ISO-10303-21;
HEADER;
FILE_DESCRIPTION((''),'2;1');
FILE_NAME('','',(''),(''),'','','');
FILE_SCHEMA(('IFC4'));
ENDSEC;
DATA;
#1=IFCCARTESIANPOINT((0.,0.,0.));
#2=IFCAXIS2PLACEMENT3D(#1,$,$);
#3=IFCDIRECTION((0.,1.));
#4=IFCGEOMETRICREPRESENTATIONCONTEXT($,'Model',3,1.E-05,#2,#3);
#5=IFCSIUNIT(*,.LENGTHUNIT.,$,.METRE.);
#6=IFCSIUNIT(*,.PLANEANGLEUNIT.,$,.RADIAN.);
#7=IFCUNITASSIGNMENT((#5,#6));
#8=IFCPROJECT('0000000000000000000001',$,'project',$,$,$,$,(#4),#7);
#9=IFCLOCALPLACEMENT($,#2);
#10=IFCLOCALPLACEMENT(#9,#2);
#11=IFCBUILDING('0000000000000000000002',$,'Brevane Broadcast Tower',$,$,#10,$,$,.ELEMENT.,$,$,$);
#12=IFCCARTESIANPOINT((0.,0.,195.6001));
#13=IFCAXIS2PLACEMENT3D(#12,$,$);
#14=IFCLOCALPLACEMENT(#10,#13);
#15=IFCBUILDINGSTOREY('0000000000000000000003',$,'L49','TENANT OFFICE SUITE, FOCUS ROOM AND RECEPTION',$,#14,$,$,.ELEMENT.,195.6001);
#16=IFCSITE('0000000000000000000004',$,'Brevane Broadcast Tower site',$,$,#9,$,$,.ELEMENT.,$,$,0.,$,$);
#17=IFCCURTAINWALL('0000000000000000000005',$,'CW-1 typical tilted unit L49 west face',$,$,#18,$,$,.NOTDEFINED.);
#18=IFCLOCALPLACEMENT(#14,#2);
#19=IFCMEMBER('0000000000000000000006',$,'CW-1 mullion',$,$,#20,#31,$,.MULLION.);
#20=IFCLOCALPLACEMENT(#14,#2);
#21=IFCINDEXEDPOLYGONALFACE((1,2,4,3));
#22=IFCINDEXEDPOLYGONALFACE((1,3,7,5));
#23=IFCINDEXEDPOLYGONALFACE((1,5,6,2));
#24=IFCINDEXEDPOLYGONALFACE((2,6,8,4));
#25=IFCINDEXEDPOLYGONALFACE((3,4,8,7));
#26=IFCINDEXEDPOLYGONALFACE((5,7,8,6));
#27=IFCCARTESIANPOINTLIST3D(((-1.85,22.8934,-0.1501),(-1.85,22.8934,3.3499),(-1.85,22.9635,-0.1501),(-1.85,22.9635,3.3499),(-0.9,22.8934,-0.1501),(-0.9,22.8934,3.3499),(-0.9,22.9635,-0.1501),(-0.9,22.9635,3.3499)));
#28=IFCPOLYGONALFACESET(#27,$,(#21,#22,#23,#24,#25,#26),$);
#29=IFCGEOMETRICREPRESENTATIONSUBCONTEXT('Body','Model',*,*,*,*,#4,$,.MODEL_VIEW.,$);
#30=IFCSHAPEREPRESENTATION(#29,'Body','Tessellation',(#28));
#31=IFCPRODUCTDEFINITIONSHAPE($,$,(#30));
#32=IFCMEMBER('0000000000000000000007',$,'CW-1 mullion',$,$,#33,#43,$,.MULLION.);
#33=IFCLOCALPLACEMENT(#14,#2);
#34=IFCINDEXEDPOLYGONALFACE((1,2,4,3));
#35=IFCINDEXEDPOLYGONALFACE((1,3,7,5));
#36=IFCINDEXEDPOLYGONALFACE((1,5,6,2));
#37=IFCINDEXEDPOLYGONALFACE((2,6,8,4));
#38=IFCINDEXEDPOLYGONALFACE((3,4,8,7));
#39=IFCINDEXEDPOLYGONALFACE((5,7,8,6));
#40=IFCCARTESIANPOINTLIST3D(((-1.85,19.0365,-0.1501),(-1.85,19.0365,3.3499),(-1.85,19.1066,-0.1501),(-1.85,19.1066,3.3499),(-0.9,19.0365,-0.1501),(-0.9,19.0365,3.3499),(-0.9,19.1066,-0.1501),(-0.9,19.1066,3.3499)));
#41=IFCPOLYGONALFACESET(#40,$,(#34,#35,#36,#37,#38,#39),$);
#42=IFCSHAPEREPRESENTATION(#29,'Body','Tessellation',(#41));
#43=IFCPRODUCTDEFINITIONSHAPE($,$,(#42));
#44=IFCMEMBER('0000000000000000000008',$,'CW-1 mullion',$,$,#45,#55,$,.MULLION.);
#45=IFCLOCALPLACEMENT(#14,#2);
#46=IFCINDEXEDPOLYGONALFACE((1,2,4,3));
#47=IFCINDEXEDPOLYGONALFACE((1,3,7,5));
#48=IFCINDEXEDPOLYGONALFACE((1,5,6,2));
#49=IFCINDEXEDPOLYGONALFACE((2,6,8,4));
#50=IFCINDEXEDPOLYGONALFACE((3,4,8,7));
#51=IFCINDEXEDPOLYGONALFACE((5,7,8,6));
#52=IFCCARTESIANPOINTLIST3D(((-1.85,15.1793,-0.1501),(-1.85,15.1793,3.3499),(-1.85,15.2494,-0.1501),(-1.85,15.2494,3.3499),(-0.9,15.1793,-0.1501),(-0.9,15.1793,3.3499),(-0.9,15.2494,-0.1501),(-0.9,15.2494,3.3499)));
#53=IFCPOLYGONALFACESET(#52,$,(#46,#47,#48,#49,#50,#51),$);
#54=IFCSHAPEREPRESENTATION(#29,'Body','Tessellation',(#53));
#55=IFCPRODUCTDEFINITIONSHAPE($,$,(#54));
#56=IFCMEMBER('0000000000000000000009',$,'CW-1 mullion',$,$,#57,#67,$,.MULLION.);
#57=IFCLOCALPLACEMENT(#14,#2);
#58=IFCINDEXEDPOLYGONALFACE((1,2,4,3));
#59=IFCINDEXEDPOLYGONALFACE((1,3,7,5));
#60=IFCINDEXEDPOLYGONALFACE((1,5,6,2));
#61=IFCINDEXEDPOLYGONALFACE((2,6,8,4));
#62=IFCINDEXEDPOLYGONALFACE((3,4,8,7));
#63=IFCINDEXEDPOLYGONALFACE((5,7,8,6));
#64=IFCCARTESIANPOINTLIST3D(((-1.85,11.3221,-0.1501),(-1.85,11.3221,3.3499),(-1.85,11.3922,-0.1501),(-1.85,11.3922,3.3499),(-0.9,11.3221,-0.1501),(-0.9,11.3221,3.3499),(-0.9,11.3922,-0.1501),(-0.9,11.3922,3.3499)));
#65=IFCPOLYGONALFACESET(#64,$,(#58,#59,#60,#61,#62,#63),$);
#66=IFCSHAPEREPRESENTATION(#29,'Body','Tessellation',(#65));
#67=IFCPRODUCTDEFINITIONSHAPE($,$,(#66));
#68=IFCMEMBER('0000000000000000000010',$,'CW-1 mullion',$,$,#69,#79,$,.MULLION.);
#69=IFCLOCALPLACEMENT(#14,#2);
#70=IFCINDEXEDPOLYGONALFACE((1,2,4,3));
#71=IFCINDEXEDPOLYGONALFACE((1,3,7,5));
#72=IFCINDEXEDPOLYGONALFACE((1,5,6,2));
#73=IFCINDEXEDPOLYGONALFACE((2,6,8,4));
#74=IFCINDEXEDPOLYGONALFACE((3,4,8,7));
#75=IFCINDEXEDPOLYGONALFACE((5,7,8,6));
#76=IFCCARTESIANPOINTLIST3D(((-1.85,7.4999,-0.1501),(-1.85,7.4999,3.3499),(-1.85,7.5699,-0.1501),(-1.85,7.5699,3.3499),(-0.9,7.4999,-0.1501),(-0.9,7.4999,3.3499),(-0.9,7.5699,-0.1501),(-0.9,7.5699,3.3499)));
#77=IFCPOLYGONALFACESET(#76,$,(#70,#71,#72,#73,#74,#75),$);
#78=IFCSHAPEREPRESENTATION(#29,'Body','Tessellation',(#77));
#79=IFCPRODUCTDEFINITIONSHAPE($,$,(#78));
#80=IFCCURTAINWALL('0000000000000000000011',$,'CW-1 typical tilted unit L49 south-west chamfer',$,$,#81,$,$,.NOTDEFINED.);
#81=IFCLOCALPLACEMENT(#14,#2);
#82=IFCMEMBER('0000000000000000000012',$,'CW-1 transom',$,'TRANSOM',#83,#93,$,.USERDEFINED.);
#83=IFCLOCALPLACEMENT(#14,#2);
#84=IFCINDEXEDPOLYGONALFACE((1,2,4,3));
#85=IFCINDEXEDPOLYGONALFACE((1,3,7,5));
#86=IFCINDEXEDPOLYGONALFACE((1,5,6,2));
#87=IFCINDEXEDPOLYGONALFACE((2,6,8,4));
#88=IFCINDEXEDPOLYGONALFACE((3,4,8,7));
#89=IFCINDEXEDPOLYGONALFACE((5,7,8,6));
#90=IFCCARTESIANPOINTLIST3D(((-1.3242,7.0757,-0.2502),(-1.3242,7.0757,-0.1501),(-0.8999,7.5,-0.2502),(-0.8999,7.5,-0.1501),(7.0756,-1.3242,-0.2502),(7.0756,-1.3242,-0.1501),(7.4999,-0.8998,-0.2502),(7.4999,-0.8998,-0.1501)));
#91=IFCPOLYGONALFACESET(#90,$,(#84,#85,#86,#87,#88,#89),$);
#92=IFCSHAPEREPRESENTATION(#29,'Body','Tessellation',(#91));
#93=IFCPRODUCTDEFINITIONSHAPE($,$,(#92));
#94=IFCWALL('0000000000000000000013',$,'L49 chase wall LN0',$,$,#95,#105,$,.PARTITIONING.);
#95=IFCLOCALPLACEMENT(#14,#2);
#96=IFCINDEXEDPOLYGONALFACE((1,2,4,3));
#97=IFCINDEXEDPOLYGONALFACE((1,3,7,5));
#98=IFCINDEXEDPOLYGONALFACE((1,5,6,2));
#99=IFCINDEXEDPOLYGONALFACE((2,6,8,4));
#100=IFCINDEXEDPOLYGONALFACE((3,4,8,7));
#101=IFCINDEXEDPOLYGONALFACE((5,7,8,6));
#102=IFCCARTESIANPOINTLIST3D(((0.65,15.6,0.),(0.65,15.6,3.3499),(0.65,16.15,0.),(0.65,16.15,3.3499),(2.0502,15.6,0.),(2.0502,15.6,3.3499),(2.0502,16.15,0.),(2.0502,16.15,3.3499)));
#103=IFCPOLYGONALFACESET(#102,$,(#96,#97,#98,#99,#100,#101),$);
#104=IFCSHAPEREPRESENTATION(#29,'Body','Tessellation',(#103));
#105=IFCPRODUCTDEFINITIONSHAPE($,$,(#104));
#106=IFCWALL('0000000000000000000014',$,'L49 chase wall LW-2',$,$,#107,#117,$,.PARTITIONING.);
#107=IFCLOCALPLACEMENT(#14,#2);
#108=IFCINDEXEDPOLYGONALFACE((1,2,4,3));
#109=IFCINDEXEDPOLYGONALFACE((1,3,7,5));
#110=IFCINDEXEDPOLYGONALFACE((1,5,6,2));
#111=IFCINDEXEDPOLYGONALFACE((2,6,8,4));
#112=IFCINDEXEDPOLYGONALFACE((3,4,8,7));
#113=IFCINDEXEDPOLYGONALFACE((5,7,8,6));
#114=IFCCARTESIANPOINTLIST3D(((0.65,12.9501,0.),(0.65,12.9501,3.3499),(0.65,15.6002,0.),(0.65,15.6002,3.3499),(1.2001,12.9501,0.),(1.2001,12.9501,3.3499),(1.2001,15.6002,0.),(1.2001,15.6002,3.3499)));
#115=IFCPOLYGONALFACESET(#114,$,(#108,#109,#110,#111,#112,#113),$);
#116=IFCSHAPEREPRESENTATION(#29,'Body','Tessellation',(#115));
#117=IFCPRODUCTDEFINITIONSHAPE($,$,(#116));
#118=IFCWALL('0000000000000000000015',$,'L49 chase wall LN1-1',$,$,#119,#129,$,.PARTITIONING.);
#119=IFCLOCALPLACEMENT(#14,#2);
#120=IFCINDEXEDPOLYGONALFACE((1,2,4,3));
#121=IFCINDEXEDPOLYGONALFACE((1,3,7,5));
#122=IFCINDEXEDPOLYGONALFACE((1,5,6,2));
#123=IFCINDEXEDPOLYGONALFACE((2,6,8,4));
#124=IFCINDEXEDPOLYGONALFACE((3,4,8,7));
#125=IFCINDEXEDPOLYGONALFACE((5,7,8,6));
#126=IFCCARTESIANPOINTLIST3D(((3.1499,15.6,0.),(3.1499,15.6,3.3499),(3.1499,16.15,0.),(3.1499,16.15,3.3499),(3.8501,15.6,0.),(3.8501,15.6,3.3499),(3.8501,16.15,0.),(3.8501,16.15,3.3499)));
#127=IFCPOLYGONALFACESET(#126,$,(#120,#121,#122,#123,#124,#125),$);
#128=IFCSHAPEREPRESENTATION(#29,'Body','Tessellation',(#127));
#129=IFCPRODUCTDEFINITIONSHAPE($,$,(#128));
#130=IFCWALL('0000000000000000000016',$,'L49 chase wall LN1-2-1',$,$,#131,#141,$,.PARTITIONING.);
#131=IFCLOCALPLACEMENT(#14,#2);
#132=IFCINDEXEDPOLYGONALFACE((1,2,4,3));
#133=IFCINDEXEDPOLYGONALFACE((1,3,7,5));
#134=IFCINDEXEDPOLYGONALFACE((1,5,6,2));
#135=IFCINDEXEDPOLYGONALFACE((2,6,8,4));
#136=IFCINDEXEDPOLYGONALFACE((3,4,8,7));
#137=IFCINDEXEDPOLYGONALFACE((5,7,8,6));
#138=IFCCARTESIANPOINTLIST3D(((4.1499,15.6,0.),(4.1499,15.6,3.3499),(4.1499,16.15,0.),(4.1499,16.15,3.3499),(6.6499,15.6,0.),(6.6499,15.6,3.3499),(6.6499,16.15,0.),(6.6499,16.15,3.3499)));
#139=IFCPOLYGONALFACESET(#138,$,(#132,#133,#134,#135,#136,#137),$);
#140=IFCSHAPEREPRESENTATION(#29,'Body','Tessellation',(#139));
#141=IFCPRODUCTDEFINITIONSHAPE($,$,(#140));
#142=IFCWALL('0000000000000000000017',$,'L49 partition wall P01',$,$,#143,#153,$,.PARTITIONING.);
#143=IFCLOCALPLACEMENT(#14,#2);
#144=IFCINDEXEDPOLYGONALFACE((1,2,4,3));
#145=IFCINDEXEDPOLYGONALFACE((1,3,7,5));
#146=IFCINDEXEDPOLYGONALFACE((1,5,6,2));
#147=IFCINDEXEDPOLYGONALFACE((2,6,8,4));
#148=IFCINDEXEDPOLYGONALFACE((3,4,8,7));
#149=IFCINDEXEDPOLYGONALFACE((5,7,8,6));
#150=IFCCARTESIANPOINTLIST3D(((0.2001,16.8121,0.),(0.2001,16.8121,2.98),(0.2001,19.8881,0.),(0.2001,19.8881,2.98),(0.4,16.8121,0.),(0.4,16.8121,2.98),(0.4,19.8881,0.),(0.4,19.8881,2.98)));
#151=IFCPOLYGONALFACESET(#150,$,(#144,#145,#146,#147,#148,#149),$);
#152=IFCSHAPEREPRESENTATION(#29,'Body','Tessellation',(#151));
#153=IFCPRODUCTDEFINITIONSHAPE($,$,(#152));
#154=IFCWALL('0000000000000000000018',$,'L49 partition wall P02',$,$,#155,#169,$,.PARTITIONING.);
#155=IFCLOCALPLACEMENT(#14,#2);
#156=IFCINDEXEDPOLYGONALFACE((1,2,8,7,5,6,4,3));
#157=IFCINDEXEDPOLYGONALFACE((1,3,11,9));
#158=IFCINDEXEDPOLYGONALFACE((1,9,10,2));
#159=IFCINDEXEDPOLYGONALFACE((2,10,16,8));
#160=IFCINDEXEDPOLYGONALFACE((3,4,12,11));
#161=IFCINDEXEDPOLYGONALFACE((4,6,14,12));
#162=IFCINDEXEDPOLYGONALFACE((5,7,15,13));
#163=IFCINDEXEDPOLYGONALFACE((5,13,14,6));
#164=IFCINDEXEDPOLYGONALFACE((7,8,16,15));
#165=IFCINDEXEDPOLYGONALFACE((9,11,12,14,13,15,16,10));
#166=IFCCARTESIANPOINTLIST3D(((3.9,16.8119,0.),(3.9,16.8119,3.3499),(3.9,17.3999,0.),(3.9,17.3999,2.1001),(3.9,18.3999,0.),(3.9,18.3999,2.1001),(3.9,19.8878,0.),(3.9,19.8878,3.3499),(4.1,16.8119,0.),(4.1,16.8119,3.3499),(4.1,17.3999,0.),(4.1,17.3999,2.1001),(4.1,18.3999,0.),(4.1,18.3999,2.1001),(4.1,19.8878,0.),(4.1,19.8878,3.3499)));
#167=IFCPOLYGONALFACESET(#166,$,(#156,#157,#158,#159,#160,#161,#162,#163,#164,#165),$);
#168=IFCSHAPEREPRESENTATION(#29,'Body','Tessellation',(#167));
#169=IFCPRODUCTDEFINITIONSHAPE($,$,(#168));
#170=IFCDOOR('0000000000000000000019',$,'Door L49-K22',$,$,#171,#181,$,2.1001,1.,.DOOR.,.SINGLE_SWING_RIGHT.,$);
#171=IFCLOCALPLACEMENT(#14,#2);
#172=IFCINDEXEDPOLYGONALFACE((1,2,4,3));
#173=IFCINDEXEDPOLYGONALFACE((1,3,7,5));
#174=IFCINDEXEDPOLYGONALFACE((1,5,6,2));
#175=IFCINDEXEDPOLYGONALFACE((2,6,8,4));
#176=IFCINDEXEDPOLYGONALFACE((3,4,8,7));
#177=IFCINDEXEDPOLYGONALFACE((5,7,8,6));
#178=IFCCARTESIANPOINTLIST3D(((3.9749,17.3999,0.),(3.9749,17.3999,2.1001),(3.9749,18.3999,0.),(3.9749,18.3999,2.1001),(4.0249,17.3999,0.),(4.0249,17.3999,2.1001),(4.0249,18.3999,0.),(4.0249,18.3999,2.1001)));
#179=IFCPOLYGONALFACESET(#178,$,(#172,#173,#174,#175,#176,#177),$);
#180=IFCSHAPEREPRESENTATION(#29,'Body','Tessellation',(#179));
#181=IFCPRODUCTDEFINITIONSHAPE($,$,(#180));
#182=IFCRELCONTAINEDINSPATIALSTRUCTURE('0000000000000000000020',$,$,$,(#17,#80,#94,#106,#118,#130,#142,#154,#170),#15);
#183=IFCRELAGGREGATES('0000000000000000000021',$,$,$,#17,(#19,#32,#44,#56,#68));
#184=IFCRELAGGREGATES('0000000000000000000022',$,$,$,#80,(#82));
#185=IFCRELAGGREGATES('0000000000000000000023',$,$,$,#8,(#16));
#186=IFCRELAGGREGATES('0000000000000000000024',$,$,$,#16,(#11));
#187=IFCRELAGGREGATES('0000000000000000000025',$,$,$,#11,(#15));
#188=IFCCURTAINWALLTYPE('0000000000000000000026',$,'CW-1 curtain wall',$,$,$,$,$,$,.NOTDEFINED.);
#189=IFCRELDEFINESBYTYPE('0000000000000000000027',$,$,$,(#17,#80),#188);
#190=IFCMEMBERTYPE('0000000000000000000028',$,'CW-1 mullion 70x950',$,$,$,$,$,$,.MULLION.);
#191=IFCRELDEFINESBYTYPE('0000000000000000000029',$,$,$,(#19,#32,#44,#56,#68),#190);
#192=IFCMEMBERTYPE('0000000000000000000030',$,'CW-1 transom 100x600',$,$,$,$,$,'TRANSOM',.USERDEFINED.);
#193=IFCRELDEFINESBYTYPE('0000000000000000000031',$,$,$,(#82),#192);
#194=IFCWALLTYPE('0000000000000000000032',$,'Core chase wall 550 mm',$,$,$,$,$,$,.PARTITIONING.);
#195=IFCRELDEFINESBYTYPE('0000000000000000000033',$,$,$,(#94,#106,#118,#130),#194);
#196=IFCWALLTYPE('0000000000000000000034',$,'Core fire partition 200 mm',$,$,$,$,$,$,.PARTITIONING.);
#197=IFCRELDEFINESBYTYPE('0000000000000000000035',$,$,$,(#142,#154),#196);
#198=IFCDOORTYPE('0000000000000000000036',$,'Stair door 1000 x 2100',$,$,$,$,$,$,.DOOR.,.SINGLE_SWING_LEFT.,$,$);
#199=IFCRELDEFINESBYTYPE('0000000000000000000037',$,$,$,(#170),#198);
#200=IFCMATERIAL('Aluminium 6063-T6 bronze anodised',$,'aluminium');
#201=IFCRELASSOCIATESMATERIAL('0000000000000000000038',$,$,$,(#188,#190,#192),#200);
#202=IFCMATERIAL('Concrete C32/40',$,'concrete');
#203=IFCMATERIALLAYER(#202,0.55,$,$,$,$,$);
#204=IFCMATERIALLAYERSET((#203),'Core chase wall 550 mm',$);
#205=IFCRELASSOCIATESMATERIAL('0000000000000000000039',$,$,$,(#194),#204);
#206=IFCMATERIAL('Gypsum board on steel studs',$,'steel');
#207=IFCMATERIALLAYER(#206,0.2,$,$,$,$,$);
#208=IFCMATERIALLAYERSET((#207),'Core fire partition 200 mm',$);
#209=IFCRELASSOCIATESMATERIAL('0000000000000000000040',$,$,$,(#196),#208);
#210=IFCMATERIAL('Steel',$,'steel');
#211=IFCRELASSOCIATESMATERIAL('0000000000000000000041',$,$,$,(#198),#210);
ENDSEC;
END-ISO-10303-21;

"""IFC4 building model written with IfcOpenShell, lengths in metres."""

from ifc_helpers import new_model, si_unit, direction, frame, frame_2d, origin, origin_2d, place, context, subcontext, project, spatial, rectangle, extrude, material, layer, layer_set, material_profile, profile_set, type_object, element, fill, aggregate, save


model = new_model("IFC4")

# Units and contexts
model_context = context("Model", 3, precision=1e-05, world=origin(), true_north=direction((0.0, 1.0)))
body_context = subcontext(model_context, "Body", "Model", "MODEL_VIEW")
ifc_project = project(units=[si_unit("LENGTHUNIT", "METRE"), si_unit("PLANEANGLEUNIT", "RADIAN")], contexts=[model_context])

# Site, building, storey
site_placement = place(None, origin())
site = spatial("IfcSite", under=ifc_project, at=site_placement, Name="Brevane Broadcast Tower site", CompositionType="ELEMENT", RefElevation=0.0)
building_placement = place(site_placement, origin())
building = spatial("IfcBuilding", under=site, at=building_placement, Name="Brevane Broadcast Tower", CompositionType="ELEMENT")
storey_placement = place(building_placement, frame((0.0, 0.0, 195.6001)))
storey = spatial("IfcBuildingStorey", under=building, at=storey_placement, Name="L49", Description="TENANT OFFICE SUITE, FOCUS ROOM AND RECEPTION", CompositionType="ELEMENT", Elevation=195.6001)

# Curtain wall, members
ifc_material_1 = material(Name="Aluminium 6063-T6 bronze anodised", Category="aluminium")
curtain_wall_type = type_object("IfcCurtainWallType", Name="CW-1 curtain wall", PredefinedType="NOTDEFINED", material=ifc_material_1)
curtain_wall_1_placement = place(storey_placement, origin())
curtain_wall_1 = element("IfcCurtainWall", 1, at=curtain_wall_1_placement, inside=storey, type_object=curtain_wall_type, Name="CW-1 typical tilted unit L49 west face", PredefinedType="NOTDEFINED")
ifc_material_profile_1 = material_profile(ifc_material_1, rectangle(XDim=0.95, YDim=0.0701, at=origin_2d()), Name="RECT 70x950")
ifc_profile_set_1 = profile_set([ifc_material_profile_1], Name="Aluminium 6063-T6 bronze anodised")
member_type_1 = type_object("IfcMemberType", Name="CW-1 mullion 70x950", PredefinedType="MULLION", material=ifc_profile_set_1)
member_1_placement = place(storey_placement, frame((-1.375, 22.9285, -0.1501), z_axis=(0.0, 0.0, 1.0), x_axis=(1.0, 0.0, 0.0)))
member_1 = element("IfcMember", 2, at=member_1_placement, type_object=member_type_1, Name="CW-1 mullion", PredefinedType="MULLION", context=body_context, shape_type="SweptSolid", body=[
    extrude(rectangle(XDim=0.95, YDim=0.0701, at=origin_2d()), origin(), (0.0, 0.0, 1.0), 3.5),
])
member_2_placement = place(storey_placement, frame((-1.375, 19.0715, -0.1501), z_axis=(0.0, 0.0, 1.0), x_axis=(1.0, 0.0, 0.0)))
member_2 = element("IfcMember", 3, at=member_2_placement, type_object=member_type_1, Name="CW-1 mullion", PredefinedType="MULLION", context=body_context, shape_type="SweptSolid", body=[
    extrude(rectangle(XDim=0.95, YDim=0.0701, at=origin_2d()), origin(), (0.0, 0.0, 1.0), 3.5),
])
member_3_placement = place(storey_placement, frame((-1.375, 15.2144, -0.1501), z_axis=(0.0, 0.0, 1.0), x_axis=(1.0, 0.0, 0.0)))
member_3 = element("IfcMember", 4, at=member_3_placement, type_object=member_type_1, Name="CW-1 mullion", PredefinedType="MULLION", context=body_context, shape_type="SweptSolid", body=[
    extrude(rectangle(XDim=0.95, YDim=0.0701, at=origin_2d()), origin(), (0.0, 0.0, 1.0), 3.5),
])
member_4_placement = place(storey_placement, frame((-1.375, 11.3572, -0.1501), z_axis=(0.0, 0.0, 1.0), x_axis=(1.0, 0.0, 0.0)))
member_4 = element("IfcMember", 5, at=member_4_placement, type_object=member_type_1, Name="CW-1 mullion", PredefinedType="MULLION", context=body_context, shape_type="SweptSolid", body=[
    extrude(rectangle(XDim=0.95, YDim=0.0701, at=origin_2d()), origin(), (0.0, 0.0, 1.0), 3.5),
])
member_5_placement = place(storey_placement, frame((-1.375, 7.5349, -0.1501), z_axis=(0.0, 0.0, 1.0), x_axis=(1.0, 0.0, 0.0)))
member_5 = element("IfcMember", 6, at=member_5_placement, type_object=member_type_1, Name="CW-1 mullion", PredefinedType="MULLION", context=body_context, shape_type="SweptSolid", body=[
    extrude(rectangle(XDim=0.95, YDim=0.0701, at=origin_2d()), origin(), (0.0, 0.0, 1.0), 3.5),
])
aggregate(curtain_wall_1, [member_1, member_2, member_3, member_4, member_5])

# Curtain wall, member
curtain_wall_2_placement = place(storey_placement, origin())
curtain_wall_2 = element("IfcCurtainWall", 7, at=curtain_wall_2_placement, inside=storey, type_object=curtain_wall_type, Name="CW-1 typical tilted unit L49 south-west chamfer", PredefinedType="NOTDEFINED")
ifc_material_profile_2 = material_profile(ifc_material_1, rectangle(XDim=0.6001, YDim=0.1001, at=origin_2d()), Name="RECT 100x600")
ifc_profile_set_2 = profile_set([ifc_material_profile_2], Name="Aluminium 6063-T6 bronze anodised")
member_type_2 = type_object("IfcMemberType", Name="CW-1 transom 100x600", ElementType="TRANSOM", PredefinedType="USERDEFINED", material=ifc_profile_set_2)
member_6_placement = place(storey_placement, frame((-1.1121, 7.2878, -0.2002), z_axis=(0.707107, -0.707107, 0.0), x_axis=(0.707107, 0.707107, 0.0)))
member_6 = element("IfcMember", 8, at=member_6_placement, type_object=member_type_2, Name="CW-1 transom", ObjectType="TRANSOM", PredefinedType="USERDEFINED", context=body_context, shape_type="SweptSolid", body=[
    extrude(rectangle(XDim=0.6001, YDim=0.1001, at=origin_2d()), origin(), (0.0, 0.0, 1.0), 11.8792),
])
aggregate(curtain_wall_2, [member_6])

# Walls
ifc_material_2 = material(Name="Concrete C32/40", Category="concrete")
ifc_layer_1 = layer(ifc_material_2, 0.55)
ifc_layer_set_1 = layer_set([ifc_layer_1], Name="Core chase wall 550 mm")
wall_type_1 = type_object("IfcWallType", Name="Core chase wall 550 mm", PredefinedType="PARTITIONING", material=ifc_layer_set_1)
wall_1_placement = place(storey_placement, frame((0.6499, 15.875, 0.0), z_axis=(0.0, 0.0, 1.0), x_axis=(1.0, 0.0, 0.0)))
element("IfcWall", 9, at=wall_1_placement, inside=storey, type_object=wall_type_1, Name="L49 chase wall LN0", PredefinedType="PARTITIONING", context=body_context, shape_type="SweptSolid", body=[
    extrude(rectangle(XDim=1.4001, YDim=0.55, at=frame_2d((0.7002, 0.0))), origin(), (0.0, 0.0, 1.0), 3.3499),
])
wall_2_placement = place(storey_placement, frame((0.925, 12.95, 0.0), z_axis=(0.0, 0.0, 1.0), x_axis=(0.0, 1.0, 0.0)))
element("IfcWall", 10, at=wall_2_placement, inside=storey, type_object=wall_type_1, Name="L49 chase wall LW-2", PredefinedType="PARTITIONING", context=body_context, shape_type="SweptSolid", body=[
    extrude(rectangle(XDim=2.6501, YDim=0.55, at=frame_2d((1.3252, 0.0))), origin(), (0.0, 0.0, 1.0), 3.3499),
])
wall_3_placement = place(storey_placement, frame((3.1499, 15.875, 0.0), z_axis=(0.0, 0.0, 1.0), x_axis=(1.0, 0.0, 0.0)))
element("IfcWall", 11, at=wall_3_placement, inside=storey, type_object=wall_type_1, Name="L49 chase wall LN1-1", PredefinedType="PARTITIONING", context=body_context, shape_type="SweptSolid", body=[
    extrude(rectangle(XDim=0.7002, YDim=0.55, at=frame_2d((0.3501, 0.0))), origin(), (0.0, 0.0, 1.0), 3.3499),
])
wall_4_placement = place(storey_placement, frame((4.1499, 15.875, 0.0), z_axis=(0.0, 0.0, 1.0), x_axis=(1.0, 0.0, 0.0)))
element("IfcWall", 12, at=wall_4_placement, inside=storey, type_object=wall_type_1, Name="L49 chase wall LN1-2-1", PredefinedType="PARTITIONING", context=body_context, shape_type="SweptSolid", body=[
    extrude(rectangle(XDim=2.5, YDim=0.55, at=frame_2d((1.25, 0.0))), origin(), (0.0, 0.0, 1.0), 3.3499),
])
ifc_material_3 = material(Name="Gypsum board on steel studs", Category="steel")
ifc_layer_2 = layer(ifc_material_3, 0.2)
ifc_layer_set_2 = layer_set([ifc_layer_2], Name="Core fire partition 200 mm")
wall_type_2 = type_object("IfcWallType", Name="Core fire partition 200 mm", PredefinedType="PARTITIONING", material=ifc_layer_set_2)
wall_5_placement = place(storey_placement, frame((0.3, 16.812, 0.0), z_axis=(0.0, 0.0, 1.0), x_axis=(0.0, 1.0, 0.0)))
element("IfcWall", 13, at=wall_5_placement, inside=storey, type_object=wall_type_2, Name="L49 partition wall P01", PredefinedType="PARTITIONING", context=body_context, shape_type="SweptSolid", body=[
    extrude(rectangle(XDim=3.0759, YDim=0.2, at=frame_2d((1.5381, 0.0))), origin(), (0.0, 0.0, 1.0), 2.98),
])

# Wall, opening, door
wall_6_placement = place(storey_placement, frame((4.0, 19.8879, 0.0), z_axis=(0.0, 0.0, 1.0), x_axis=(0.0, -1.0, 0.0)))
wall_6 = element("IfcWall", 14, at=wall_6_placement, inside=storey, type_object=wall_type_2, Name="L49 partition wall P02", PredefinedType="PARTITIONING", context=body_context, shape_type="SweptSolid", body=[
    extrude(rectangle(XDim=3.0759, YDim=0.2, at=frame_2d((1.5381, 0.0))), origin(), (0.0, 0.0, 1.0), 3.3499),
])
opening_1_placement = place(wall_6_placement, frame((1.488, 0.0, 0.0)))
opening_1 = element("IfcOpeningElement", 15, at=opening_1_placement, cuts=wall_6, PredefinedType="OPENING", context=body_context, shape_type="SweptSolid", body=[
    extrude(rectangle(XDim=1.0, YDim=2.1001, at=frame_2d((0.5, 1.05))), frame((0.0, 0.1099, 0.0), z_axis=(0.0, -1.0, 0.0), x_axis=(1.0, 0.0, 0.0)), (0.0, 0.0, 1.0), 0.22),
])
ifc_material_4 = material(Name="Steel", Category="steel")
door_type_1 = type_object("IfcDoorType", Name="Stair door 1000 x 2100", OperationType="SINGLE_SWING_LEFT", PredefinedType="DOOR", material=ifc_material_4)
door_1_placement = place(opening_1_placement, origin())
door_1 = element("IfcDoor", 16, at=door_1_placement, inside=storey, type_object=door_type_1, Name="Door L49-K22", OperationType="SINGLE_SWING_RIGHT", OverallHeight=2.1001, OverallWidth=1.0, PredefinedType="DOOR", context=body_context, shape_type="SweptSolid", body=[
    extrude(rectangle(XDim=1.0, YDim=2.1001, at=frame_2d((0.5, 1.05))), frame((0.0, 0.0249, 0.0), z_axis=(0.0, -1.0, 0.0), x_axis=(1.0, 0.0, 0.0)), (0.0, 0.0, 1.0), 0.05),
])
fill(opening_1, door_1)

save(model, "model.ifc")
